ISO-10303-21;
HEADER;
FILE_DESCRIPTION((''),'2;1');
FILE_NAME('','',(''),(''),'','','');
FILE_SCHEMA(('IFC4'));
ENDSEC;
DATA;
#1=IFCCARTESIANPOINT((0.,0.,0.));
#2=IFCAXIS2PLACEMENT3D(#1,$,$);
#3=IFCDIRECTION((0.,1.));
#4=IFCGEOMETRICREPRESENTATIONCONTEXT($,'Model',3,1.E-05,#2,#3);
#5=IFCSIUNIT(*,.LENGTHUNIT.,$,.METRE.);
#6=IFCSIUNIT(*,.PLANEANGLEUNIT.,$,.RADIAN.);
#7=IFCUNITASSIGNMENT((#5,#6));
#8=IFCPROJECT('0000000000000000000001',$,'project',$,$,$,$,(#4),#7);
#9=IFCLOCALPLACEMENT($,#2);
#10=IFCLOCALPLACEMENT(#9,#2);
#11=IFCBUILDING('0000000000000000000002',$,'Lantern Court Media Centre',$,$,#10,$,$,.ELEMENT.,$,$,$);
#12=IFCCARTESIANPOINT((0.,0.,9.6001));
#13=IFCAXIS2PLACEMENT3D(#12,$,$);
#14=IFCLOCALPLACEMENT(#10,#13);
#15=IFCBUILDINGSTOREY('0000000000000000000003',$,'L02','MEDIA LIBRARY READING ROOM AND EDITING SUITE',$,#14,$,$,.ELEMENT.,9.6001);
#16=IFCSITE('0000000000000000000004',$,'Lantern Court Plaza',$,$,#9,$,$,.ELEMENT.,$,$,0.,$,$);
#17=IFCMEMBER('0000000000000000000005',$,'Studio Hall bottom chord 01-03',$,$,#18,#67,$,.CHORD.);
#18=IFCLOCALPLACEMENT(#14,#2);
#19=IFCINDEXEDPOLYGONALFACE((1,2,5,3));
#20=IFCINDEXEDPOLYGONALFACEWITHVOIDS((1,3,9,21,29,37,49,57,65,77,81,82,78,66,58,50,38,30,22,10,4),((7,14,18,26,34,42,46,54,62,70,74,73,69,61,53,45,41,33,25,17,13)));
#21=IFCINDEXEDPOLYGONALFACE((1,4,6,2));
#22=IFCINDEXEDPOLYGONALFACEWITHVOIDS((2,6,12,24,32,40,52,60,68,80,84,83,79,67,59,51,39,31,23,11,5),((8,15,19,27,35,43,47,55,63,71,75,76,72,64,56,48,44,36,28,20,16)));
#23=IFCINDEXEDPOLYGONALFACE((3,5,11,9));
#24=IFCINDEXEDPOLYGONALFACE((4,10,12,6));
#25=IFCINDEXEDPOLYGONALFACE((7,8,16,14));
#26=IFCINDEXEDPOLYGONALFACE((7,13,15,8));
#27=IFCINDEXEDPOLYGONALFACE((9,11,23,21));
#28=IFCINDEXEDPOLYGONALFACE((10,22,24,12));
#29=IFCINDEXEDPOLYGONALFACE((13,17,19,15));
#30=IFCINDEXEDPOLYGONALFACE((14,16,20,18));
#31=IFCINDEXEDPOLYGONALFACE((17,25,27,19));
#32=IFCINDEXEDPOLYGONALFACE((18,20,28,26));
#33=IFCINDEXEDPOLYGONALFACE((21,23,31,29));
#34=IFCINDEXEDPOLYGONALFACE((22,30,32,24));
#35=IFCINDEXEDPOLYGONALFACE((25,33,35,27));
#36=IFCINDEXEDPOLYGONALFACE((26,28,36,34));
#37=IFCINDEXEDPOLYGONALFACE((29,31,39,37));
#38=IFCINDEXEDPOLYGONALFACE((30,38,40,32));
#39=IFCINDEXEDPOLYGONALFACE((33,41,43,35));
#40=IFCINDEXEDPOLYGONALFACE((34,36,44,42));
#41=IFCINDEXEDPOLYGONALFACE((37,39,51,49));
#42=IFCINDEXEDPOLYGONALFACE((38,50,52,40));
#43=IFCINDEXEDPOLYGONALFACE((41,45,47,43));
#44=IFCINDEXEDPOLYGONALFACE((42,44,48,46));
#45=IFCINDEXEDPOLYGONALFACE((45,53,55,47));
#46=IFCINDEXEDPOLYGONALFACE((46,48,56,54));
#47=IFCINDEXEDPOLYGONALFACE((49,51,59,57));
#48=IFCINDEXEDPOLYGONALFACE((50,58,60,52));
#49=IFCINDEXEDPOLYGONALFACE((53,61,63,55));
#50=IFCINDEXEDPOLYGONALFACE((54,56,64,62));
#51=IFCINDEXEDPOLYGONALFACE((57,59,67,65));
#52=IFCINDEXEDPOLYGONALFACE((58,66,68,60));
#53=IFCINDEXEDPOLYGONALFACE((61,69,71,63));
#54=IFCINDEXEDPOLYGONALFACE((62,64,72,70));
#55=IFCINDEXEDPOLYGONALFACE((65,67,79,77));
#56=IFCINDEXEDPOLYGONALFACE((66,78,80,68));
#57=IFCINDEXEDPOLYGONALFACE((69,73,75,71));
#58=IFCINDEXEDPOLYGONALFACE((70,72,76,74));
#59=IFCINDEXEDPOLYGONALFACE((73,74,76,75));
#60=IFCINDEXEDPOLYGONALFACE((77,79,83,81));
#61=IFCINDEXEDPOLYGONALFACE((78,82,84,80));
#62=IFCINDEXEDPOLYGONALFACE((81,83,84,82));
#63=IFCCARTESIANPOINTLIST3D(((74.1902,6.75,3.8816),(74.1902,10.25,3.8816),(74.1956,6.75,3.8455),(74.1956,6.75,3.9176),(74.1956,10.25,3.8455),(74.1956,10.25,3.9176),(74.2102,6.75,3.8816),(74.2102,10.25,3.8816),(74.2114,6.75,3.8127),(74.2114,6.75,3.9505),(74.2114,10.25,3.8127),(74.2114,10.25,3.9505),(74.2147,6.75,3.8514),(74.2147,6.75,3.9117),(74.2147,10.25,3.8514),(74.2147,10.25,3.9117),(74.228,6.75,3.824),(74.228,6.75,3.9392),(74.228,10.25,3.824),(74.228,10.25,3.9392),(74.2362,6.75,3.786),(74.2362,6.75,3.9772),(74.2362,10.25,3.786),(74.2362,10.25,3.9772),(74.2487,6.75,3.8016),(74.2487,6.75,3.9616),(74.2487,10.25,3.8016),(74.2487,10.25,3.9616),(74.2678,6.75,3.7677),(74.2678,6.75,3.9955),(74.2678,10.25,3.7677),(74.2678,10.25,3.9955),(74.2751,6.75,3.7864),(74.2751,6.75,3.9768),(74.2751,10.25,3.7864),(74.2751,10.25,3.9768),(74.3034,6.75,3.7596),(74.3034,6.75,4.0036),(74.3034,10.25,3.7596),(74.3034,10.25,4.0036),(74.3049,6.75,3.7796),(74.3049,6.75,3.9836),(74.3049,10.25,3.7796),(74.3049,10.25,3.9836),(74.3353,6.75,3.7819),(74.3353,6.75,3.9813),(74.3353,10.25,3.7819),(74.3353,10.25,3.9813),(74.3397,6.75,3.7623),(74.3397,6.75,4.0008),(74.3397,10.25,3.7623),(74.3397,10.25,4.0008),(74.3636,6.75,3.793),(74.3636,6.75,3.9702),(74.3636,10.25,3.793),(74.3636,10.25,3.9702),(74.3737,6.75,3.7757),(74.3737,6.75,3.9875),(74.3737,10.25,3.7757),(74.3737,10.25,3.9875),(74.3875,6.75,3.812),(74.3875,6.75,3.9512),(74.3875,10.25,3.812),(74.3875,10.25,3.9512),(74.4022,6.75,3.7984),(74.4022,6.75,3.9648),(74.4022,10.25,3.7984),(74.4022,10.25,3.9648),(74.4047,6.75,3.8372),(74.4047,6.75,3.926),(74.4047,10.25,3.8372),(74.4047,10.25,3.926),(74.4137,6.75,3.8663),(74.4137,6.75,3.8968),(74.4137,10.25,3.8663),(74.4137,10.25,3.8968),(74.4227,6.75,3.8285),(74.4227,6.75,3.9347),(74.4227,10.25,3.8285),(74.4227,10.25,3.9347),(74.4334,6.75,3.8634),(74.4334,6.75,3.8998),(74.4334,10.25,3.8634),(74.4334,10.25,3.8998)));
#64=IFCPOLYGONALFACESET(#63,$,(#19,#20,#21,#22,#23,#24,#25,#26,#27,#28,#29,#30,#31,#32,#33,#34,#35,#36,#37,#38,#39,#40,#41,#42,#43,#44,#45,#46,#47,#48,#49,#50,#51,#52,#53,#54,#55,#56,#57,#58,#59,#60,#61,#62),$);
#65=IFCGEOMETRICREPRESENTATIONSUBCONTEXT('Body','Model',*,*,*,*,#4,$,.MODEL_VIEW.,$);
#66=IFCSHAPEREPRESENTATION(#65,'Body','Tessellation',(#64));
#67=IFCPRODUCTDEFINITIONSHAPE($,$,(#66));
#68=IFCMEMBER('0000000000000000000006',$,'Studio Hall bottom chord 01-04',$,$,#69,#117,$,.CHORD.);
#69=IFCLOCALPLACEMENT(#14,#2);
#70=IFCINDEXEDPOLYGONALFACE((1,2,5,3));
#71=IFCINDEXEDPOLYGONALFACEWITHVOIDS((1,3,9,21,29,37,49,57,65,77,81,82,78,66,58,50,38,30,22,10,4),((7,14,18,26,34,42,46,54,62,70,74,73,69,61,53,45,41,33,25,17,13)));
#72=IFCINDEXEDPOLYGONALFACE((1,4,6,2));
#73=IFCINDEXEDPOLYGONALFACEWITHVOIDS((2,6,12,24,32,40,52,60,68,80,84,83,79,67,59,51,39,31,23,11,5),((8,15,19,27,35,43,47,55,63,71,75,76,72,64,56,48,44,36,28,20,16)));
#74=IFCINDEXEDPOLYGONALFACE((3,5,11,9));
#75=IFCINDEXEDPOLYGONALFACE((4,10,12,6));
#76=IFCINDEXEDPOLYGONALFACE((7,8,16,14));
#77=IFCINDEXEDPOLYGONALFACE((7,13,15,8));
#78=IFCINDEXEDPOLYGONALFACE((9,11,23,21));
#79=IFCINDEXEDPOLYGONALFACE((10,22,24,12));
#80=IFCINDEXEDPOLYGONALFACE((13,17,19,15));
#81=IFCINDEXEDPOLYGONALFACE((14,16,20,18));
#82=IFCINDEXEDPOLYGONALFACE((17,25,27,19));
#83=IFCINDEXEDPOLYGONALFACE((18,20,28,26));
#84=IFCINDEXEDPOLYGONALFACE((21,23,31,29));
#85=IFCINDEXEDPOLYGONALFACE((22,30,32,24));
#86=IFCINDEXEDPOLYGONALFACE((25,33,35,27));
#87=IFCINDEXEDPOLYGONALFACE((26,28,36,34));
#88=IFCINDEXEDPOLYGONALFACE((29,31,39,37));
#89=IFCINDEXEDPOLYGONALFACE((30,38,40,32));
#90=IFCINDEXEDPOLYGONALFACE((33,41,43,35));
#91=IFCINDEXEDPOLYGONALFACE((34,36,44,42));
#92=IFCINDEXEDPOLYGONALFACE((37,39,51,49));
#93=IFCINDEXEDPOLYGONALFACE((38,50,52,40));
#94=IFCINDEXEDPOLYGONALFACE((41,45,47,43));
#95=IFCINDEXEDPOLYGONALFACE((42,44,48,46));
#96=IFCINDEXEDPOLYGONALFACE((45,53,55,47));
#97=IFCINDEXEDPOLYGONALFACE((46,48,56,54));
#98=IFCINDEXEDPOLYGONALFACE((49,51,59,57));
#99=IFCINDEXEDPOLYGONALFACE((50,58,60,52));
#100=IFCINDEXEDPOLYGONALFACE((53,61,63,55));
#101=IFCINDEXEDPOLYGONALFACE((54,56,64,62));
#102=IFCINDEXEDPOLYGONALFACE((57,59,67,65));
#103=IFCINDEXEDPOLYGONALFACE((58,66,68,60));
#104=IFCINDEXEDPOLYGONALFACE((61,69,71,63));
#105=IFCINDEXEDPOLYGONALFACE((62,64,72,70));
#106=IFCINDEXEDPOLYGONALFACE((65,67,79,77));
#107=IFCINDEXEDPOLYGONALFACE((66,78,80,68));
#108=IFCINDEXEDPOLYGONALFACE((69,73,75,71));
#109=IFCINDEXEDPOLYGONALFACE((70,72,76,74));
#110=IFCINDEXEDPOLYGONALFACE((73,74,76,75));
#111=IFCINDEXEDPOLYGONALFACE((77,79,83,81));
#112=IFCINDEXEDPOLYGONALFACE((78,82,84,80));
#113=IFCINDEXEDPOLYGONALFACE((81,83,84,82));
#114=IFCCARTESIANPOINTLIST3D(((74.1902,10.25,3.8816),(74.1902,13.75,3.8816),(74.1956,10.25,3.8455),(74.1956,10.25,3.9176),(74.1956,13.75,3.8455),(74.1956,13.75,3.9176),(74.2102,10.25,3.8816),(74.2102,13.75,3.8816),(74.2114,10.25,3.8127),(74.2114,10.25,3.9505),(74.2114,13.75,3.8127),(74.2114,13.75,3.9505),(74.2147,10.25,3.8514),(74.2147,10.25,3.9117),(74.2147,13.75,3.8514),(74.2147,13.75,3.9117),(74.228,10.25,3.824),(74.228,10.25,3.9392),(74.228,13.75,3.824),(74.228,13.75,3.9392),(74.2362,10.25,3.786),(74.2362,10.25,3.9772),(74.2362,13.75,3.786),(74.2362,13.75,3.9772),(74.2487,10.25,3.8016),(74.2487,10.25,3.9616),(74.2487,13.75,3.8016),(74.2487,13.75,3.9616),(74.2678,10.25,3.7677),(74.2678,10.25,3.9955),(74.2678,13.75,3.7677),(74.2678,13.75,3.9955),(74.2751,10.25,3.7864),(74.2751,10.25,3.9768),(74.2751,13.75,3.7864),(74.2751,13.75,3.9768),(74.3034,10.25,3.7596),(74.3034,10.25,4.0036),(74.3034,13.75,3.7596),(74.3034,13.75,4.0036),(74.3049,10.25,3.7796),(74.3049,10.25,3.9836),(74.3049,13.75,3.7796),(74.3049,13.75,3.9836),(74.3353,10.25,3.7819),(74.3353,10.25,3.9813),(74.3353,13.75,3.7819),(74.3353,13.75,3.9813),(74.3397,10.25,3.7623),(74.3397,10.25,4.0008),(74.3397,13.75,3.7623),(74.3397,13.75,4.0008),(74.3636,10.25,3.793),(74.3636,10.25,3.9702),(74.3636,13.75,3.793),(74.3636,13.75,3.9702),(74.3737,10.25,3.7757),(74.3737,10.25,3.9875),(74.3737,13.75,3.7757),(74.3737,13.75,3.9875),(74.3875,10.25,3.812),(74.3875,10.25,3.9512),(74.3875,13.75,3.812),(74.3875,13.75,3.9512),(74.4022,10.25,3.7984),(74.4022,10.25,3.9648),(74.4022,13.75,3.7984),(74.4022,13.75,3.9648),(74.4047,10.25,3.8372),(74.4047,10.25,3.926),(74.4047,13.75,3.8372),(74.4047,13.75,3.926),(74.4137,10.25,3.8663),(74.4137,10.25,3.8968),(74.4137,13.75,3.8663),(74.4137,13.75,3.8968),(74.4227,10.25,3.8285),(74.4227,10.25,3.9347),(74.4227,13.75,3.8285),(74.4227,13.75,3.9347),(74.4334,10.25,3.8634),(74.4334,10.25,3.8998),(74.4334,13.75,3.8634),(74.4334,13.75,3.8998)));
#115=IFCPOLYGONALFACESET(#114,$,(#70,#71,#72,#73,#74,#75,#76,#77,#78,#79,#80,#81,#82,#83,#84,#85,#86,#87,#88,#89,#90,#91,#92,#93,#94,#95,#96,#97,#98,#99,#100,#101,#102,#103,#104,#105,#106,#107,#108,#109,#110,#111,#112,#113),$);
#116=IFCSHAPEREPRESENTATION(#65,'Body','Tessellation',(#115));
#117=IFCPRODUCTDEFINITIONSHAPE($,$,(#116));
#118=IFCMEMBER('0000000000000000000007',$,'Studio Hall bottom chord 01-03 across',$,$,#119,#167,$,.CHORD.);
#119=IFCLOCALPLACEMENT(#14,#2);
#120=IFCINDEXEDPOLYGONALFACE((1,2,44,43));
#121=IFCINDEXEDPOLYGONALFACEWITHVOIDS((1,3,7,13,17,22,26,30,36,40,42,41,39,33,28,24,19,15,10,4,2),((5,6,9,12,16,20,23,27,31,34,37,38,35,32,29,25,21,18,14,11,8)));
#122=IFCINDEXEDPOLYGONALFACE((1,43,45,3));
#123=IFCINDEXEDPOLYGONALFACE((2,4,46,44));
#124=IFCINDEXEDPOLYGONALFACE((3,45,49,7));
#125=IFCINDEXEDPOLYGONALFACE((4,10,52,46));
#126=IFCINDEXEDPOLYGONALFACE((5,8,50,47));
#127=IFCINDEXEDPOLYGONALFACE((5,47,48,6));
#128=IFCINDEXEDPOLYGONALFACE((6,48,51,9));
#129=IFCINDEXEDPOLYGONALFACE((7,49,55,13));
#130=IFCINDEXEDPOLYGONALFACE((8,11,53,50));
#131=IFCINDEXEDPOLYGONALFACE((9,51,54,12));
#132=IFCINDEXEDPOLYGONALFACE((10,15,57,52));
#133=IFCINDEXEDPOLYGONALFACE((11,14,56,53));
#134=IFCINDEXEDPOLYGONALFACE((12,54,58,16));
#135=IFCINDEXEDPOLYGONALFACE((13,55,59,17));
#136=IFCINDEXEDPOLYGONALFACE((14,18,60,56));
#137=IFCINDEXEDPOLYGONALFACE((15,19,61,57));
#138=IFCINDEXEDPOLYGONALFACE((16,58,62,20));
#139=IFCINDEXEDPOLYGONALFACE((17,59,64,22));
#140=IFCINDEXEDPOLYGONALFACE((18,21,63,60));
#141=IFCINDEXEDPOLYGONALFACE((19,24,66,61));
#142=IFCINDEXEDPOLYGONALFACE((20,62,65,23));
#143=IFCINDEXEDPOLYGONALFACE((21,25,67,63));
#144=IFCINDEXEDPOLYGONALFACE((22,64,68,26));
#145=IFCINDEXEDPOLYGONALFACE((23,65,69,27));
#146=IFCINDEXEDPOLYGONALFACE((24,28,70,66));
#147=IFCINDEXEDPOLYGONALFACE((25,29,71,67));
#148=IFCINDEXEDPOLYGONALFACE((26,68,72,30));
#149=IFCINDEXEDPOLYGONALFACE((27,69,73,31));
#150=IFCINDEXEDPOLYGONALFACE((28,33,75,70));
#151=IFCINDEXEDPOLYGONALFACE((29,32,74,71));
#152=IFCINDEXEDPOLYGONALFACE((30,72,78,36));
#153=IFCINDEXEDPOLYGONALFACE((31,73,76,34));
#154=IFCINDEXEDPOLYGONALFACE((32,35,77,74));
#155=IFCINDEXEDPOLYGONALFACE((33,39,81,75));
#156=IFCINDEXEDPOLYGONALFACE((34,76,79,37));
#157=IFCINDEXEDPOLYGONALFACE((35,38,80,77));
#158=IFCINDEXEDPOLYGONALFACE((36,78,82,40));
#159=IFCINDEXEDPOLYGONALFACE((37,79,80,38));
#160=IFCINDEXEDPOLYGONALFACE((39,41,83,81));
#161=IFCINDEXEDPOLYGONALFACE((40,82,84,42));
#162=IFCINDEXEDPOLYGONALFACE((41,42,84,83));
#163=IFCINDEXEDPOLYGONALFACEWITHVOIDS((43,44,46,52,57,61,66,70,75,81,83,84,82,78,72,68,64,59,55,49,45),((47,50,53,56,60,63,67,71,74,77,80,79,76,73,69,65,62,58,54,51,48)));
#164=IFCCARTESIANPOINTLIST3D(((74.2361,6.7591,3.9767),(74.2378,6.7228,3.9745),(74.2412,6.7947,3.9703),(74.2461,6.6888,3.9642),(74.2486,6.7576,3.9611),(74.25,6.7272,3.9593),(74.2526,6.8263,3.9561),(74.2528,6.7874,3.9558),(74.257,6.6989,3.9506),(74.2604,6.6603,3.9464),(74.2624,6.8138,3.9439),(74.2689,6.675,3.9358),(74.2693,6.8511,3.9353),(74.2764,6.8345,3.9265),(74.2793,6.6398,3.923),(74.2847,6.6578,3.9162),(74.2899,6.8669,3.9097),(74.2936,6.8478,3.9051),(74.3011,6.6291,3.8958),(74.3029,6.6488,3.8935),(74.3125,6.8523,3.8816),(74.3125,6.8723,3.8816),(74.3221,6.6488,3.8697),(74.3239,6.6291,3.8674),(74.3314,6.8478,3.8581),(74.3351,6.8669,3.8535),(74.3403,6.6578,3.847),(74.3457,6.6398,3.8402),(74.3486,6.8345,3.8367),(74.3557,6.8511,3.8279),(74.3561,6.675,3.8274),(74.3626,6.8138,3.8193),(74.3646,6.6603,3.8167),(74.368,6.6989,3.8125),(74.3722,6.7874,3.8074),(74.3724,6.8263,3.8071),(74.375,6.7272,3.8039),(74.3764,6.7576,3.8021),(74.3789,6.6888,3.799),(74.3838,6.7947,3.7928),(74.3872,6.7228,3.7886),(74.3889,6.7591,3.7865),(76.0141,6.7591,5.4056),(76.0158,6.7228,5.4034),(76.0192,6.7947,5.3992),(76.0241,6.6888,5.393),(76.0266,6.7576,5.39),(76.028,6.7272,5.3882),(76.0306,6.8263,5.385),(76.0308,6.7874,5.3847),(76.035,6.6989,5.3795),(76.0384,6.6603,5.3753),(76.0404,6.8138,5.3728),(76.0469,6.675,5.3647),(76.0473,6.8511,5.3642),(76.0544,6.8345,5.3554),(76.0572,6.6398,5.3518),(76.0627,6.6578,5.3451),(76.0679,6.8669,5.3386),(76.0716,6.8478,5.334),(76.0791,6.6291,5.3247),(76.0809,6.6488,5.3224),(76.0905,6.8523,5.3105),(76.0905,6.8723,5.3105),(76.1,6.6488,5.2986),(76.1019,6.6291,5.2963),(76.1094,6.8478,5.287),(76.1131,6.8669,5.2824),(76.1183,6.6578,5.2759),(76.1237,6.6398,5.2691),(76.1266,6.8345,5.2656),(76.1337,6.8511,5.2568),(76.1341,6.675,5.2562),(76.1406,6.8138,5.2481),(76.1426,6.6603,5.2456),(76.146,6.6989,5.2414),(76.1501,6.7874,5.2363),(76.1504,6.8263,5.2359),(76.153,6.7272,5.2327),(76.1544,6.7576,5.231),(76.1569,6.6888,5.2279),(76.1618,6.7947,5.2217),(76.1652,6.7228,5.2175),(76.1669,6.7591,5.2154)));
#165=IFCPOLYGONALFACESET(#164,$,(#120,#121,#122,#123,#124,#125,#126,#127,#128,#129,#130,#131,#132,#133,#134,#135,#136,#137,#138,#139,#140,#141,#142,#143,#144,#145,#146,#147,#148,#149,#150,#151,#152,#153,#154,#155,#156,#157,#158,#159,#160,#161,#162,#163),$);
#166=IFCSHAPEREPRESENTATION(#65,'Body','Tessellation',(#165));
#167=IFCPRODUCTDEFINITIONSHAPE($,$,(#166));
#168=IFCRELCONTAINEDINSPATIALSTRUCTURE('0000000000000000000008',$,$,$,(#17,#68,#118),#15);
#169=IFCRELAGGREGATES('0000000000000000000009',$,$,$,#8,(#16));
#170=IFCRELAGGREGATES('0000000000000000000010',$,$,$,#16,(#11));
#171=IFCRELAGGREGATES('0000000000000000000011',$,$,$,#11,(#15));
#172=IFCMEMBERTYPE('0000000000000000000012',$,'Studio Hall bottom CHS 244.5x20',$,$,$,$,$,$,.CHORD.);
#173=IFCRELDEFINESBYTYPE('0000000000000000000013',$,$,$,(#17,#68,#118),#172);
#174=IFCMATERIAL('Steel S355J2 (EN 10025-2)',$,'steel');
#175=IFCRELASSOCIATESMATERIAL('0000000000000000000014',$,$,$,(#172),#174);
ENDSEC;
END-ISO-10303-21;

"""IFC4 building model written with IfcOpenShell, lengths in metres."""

from ifc_helpers import new_model, si_unit, direction, frame, origin, origin_2d, place, context, subcontext, project, spatial, hollow_circle, extrude, material, material_profile, profile_set, type_object, element, save


model = new_model("IFC4")

# Units and contexts
model_context = context("Model", 3, precision=1e-05, world=origin(), true_north=direction((0.0, 1.0)))
body_context = subcontext(model_context, "Body", "Model", "MODEL_VIEW")
ifc_project = project(units=[si_unit("LENGTHUNIT", "METRE"), si_unit("PLANEANGLEUNIT", "RADIAN")], contexts=[model_context])

# Site, building, storey
site_placement = place(None, origin())
site = spatial("IfcSite", under=ifc_project, at=site_placement, Name="Lantern Court Plaza", CompositionType="ELEMENT", RefElevation=0.0)
building_placement = place(site_placement, origin())
building = spatial("IfcBuilding", under=site, at=building_placement, Name="Lantern Court Media Centre", CompositionType="ELEMENT")
storey_placement = place(building_placement, frame((0.0, 0.0, 9.6001)))
storey = spatial("IfcBuildingStorey", under=building, at=storey_placement, Name="L02", Description="MEDIA LIBRARY READING ROOM AND EDITING SUITE", CompositionType="ELEMENT", Elevation=9.6001)

# Members
ifc_material = material(Name="Steel S355J2 (EN 10025-2)", Category="steel")
ifc_material_profile_1 = material_profile(ifc_material, hollow_circle(Radius=0.1223, WallThickness=0.02, at=origin_2d()), Name="Studio Hall bottom CHS 244.5x20")
ifc_profile_set_1 = profile_set([ifc_material_profile_1], Name="Steel S355J2 (EN 10025-2)")
member_type_1 = type_object("IfcMemberType", Name="Studio Hall bottom CHS 244.5x20", PredefinedType="CHORD", material=ifc_profile_set_1)
for number, where, z_axis, x_axis, name in (
    (1, (74.3125, 6.75, 3.8816), (0.0, 1.0, 0.0), (-1.0, 0.0, 0.0), "Studio Hall bottom chord 01-03"),
    (2, (74.3125, 10.25, 3.8816), (0.0, 1.0, 0.0), (-1.0, 0.0, 0.0), "Studio Hall bottom chord 01-04"),
):
    element("IfcMember", number, at=place(storey_placement, frame(where, z_axis=z_axis, x_axis=x_axis)), inside=storey, type_object=member_type_1, Name=name, PredefinedType="CHORD", context=body_context, shape_type="SweptSolid", body=[
        extrude(hollow_circle(Radius=0.1223, WallThickness=0.02, at=origin_2d()), origin(), (0.0, 0.0, 1.0), 3.5),
    ])
for number, where, z_axis, x_axis, name in (
    (3, (74.3125, 6.75, 3.8816), (0.779478, 0.0, 0.626429), (0.0, 1.0, 0.0), "Studio Hall bottom chord 01-03 across"),
):
    element("IfcMember", number, at=place(storey_placement, frame(where, z_axis=z_axis, x_axis=x_axis)), inside=storey, type_object=member_type_1, Name=name, PredefinedType="CHORD", context=body_context, shape_type="SweptSolid", body=[
        extrude(hollow_circle(Radius=0.1223, WallThickness=0.02, at=origin_2d()), origin(), (0.0, 0.0, 1.0), 2.281),
    ])

save(model, "model.ifc")
